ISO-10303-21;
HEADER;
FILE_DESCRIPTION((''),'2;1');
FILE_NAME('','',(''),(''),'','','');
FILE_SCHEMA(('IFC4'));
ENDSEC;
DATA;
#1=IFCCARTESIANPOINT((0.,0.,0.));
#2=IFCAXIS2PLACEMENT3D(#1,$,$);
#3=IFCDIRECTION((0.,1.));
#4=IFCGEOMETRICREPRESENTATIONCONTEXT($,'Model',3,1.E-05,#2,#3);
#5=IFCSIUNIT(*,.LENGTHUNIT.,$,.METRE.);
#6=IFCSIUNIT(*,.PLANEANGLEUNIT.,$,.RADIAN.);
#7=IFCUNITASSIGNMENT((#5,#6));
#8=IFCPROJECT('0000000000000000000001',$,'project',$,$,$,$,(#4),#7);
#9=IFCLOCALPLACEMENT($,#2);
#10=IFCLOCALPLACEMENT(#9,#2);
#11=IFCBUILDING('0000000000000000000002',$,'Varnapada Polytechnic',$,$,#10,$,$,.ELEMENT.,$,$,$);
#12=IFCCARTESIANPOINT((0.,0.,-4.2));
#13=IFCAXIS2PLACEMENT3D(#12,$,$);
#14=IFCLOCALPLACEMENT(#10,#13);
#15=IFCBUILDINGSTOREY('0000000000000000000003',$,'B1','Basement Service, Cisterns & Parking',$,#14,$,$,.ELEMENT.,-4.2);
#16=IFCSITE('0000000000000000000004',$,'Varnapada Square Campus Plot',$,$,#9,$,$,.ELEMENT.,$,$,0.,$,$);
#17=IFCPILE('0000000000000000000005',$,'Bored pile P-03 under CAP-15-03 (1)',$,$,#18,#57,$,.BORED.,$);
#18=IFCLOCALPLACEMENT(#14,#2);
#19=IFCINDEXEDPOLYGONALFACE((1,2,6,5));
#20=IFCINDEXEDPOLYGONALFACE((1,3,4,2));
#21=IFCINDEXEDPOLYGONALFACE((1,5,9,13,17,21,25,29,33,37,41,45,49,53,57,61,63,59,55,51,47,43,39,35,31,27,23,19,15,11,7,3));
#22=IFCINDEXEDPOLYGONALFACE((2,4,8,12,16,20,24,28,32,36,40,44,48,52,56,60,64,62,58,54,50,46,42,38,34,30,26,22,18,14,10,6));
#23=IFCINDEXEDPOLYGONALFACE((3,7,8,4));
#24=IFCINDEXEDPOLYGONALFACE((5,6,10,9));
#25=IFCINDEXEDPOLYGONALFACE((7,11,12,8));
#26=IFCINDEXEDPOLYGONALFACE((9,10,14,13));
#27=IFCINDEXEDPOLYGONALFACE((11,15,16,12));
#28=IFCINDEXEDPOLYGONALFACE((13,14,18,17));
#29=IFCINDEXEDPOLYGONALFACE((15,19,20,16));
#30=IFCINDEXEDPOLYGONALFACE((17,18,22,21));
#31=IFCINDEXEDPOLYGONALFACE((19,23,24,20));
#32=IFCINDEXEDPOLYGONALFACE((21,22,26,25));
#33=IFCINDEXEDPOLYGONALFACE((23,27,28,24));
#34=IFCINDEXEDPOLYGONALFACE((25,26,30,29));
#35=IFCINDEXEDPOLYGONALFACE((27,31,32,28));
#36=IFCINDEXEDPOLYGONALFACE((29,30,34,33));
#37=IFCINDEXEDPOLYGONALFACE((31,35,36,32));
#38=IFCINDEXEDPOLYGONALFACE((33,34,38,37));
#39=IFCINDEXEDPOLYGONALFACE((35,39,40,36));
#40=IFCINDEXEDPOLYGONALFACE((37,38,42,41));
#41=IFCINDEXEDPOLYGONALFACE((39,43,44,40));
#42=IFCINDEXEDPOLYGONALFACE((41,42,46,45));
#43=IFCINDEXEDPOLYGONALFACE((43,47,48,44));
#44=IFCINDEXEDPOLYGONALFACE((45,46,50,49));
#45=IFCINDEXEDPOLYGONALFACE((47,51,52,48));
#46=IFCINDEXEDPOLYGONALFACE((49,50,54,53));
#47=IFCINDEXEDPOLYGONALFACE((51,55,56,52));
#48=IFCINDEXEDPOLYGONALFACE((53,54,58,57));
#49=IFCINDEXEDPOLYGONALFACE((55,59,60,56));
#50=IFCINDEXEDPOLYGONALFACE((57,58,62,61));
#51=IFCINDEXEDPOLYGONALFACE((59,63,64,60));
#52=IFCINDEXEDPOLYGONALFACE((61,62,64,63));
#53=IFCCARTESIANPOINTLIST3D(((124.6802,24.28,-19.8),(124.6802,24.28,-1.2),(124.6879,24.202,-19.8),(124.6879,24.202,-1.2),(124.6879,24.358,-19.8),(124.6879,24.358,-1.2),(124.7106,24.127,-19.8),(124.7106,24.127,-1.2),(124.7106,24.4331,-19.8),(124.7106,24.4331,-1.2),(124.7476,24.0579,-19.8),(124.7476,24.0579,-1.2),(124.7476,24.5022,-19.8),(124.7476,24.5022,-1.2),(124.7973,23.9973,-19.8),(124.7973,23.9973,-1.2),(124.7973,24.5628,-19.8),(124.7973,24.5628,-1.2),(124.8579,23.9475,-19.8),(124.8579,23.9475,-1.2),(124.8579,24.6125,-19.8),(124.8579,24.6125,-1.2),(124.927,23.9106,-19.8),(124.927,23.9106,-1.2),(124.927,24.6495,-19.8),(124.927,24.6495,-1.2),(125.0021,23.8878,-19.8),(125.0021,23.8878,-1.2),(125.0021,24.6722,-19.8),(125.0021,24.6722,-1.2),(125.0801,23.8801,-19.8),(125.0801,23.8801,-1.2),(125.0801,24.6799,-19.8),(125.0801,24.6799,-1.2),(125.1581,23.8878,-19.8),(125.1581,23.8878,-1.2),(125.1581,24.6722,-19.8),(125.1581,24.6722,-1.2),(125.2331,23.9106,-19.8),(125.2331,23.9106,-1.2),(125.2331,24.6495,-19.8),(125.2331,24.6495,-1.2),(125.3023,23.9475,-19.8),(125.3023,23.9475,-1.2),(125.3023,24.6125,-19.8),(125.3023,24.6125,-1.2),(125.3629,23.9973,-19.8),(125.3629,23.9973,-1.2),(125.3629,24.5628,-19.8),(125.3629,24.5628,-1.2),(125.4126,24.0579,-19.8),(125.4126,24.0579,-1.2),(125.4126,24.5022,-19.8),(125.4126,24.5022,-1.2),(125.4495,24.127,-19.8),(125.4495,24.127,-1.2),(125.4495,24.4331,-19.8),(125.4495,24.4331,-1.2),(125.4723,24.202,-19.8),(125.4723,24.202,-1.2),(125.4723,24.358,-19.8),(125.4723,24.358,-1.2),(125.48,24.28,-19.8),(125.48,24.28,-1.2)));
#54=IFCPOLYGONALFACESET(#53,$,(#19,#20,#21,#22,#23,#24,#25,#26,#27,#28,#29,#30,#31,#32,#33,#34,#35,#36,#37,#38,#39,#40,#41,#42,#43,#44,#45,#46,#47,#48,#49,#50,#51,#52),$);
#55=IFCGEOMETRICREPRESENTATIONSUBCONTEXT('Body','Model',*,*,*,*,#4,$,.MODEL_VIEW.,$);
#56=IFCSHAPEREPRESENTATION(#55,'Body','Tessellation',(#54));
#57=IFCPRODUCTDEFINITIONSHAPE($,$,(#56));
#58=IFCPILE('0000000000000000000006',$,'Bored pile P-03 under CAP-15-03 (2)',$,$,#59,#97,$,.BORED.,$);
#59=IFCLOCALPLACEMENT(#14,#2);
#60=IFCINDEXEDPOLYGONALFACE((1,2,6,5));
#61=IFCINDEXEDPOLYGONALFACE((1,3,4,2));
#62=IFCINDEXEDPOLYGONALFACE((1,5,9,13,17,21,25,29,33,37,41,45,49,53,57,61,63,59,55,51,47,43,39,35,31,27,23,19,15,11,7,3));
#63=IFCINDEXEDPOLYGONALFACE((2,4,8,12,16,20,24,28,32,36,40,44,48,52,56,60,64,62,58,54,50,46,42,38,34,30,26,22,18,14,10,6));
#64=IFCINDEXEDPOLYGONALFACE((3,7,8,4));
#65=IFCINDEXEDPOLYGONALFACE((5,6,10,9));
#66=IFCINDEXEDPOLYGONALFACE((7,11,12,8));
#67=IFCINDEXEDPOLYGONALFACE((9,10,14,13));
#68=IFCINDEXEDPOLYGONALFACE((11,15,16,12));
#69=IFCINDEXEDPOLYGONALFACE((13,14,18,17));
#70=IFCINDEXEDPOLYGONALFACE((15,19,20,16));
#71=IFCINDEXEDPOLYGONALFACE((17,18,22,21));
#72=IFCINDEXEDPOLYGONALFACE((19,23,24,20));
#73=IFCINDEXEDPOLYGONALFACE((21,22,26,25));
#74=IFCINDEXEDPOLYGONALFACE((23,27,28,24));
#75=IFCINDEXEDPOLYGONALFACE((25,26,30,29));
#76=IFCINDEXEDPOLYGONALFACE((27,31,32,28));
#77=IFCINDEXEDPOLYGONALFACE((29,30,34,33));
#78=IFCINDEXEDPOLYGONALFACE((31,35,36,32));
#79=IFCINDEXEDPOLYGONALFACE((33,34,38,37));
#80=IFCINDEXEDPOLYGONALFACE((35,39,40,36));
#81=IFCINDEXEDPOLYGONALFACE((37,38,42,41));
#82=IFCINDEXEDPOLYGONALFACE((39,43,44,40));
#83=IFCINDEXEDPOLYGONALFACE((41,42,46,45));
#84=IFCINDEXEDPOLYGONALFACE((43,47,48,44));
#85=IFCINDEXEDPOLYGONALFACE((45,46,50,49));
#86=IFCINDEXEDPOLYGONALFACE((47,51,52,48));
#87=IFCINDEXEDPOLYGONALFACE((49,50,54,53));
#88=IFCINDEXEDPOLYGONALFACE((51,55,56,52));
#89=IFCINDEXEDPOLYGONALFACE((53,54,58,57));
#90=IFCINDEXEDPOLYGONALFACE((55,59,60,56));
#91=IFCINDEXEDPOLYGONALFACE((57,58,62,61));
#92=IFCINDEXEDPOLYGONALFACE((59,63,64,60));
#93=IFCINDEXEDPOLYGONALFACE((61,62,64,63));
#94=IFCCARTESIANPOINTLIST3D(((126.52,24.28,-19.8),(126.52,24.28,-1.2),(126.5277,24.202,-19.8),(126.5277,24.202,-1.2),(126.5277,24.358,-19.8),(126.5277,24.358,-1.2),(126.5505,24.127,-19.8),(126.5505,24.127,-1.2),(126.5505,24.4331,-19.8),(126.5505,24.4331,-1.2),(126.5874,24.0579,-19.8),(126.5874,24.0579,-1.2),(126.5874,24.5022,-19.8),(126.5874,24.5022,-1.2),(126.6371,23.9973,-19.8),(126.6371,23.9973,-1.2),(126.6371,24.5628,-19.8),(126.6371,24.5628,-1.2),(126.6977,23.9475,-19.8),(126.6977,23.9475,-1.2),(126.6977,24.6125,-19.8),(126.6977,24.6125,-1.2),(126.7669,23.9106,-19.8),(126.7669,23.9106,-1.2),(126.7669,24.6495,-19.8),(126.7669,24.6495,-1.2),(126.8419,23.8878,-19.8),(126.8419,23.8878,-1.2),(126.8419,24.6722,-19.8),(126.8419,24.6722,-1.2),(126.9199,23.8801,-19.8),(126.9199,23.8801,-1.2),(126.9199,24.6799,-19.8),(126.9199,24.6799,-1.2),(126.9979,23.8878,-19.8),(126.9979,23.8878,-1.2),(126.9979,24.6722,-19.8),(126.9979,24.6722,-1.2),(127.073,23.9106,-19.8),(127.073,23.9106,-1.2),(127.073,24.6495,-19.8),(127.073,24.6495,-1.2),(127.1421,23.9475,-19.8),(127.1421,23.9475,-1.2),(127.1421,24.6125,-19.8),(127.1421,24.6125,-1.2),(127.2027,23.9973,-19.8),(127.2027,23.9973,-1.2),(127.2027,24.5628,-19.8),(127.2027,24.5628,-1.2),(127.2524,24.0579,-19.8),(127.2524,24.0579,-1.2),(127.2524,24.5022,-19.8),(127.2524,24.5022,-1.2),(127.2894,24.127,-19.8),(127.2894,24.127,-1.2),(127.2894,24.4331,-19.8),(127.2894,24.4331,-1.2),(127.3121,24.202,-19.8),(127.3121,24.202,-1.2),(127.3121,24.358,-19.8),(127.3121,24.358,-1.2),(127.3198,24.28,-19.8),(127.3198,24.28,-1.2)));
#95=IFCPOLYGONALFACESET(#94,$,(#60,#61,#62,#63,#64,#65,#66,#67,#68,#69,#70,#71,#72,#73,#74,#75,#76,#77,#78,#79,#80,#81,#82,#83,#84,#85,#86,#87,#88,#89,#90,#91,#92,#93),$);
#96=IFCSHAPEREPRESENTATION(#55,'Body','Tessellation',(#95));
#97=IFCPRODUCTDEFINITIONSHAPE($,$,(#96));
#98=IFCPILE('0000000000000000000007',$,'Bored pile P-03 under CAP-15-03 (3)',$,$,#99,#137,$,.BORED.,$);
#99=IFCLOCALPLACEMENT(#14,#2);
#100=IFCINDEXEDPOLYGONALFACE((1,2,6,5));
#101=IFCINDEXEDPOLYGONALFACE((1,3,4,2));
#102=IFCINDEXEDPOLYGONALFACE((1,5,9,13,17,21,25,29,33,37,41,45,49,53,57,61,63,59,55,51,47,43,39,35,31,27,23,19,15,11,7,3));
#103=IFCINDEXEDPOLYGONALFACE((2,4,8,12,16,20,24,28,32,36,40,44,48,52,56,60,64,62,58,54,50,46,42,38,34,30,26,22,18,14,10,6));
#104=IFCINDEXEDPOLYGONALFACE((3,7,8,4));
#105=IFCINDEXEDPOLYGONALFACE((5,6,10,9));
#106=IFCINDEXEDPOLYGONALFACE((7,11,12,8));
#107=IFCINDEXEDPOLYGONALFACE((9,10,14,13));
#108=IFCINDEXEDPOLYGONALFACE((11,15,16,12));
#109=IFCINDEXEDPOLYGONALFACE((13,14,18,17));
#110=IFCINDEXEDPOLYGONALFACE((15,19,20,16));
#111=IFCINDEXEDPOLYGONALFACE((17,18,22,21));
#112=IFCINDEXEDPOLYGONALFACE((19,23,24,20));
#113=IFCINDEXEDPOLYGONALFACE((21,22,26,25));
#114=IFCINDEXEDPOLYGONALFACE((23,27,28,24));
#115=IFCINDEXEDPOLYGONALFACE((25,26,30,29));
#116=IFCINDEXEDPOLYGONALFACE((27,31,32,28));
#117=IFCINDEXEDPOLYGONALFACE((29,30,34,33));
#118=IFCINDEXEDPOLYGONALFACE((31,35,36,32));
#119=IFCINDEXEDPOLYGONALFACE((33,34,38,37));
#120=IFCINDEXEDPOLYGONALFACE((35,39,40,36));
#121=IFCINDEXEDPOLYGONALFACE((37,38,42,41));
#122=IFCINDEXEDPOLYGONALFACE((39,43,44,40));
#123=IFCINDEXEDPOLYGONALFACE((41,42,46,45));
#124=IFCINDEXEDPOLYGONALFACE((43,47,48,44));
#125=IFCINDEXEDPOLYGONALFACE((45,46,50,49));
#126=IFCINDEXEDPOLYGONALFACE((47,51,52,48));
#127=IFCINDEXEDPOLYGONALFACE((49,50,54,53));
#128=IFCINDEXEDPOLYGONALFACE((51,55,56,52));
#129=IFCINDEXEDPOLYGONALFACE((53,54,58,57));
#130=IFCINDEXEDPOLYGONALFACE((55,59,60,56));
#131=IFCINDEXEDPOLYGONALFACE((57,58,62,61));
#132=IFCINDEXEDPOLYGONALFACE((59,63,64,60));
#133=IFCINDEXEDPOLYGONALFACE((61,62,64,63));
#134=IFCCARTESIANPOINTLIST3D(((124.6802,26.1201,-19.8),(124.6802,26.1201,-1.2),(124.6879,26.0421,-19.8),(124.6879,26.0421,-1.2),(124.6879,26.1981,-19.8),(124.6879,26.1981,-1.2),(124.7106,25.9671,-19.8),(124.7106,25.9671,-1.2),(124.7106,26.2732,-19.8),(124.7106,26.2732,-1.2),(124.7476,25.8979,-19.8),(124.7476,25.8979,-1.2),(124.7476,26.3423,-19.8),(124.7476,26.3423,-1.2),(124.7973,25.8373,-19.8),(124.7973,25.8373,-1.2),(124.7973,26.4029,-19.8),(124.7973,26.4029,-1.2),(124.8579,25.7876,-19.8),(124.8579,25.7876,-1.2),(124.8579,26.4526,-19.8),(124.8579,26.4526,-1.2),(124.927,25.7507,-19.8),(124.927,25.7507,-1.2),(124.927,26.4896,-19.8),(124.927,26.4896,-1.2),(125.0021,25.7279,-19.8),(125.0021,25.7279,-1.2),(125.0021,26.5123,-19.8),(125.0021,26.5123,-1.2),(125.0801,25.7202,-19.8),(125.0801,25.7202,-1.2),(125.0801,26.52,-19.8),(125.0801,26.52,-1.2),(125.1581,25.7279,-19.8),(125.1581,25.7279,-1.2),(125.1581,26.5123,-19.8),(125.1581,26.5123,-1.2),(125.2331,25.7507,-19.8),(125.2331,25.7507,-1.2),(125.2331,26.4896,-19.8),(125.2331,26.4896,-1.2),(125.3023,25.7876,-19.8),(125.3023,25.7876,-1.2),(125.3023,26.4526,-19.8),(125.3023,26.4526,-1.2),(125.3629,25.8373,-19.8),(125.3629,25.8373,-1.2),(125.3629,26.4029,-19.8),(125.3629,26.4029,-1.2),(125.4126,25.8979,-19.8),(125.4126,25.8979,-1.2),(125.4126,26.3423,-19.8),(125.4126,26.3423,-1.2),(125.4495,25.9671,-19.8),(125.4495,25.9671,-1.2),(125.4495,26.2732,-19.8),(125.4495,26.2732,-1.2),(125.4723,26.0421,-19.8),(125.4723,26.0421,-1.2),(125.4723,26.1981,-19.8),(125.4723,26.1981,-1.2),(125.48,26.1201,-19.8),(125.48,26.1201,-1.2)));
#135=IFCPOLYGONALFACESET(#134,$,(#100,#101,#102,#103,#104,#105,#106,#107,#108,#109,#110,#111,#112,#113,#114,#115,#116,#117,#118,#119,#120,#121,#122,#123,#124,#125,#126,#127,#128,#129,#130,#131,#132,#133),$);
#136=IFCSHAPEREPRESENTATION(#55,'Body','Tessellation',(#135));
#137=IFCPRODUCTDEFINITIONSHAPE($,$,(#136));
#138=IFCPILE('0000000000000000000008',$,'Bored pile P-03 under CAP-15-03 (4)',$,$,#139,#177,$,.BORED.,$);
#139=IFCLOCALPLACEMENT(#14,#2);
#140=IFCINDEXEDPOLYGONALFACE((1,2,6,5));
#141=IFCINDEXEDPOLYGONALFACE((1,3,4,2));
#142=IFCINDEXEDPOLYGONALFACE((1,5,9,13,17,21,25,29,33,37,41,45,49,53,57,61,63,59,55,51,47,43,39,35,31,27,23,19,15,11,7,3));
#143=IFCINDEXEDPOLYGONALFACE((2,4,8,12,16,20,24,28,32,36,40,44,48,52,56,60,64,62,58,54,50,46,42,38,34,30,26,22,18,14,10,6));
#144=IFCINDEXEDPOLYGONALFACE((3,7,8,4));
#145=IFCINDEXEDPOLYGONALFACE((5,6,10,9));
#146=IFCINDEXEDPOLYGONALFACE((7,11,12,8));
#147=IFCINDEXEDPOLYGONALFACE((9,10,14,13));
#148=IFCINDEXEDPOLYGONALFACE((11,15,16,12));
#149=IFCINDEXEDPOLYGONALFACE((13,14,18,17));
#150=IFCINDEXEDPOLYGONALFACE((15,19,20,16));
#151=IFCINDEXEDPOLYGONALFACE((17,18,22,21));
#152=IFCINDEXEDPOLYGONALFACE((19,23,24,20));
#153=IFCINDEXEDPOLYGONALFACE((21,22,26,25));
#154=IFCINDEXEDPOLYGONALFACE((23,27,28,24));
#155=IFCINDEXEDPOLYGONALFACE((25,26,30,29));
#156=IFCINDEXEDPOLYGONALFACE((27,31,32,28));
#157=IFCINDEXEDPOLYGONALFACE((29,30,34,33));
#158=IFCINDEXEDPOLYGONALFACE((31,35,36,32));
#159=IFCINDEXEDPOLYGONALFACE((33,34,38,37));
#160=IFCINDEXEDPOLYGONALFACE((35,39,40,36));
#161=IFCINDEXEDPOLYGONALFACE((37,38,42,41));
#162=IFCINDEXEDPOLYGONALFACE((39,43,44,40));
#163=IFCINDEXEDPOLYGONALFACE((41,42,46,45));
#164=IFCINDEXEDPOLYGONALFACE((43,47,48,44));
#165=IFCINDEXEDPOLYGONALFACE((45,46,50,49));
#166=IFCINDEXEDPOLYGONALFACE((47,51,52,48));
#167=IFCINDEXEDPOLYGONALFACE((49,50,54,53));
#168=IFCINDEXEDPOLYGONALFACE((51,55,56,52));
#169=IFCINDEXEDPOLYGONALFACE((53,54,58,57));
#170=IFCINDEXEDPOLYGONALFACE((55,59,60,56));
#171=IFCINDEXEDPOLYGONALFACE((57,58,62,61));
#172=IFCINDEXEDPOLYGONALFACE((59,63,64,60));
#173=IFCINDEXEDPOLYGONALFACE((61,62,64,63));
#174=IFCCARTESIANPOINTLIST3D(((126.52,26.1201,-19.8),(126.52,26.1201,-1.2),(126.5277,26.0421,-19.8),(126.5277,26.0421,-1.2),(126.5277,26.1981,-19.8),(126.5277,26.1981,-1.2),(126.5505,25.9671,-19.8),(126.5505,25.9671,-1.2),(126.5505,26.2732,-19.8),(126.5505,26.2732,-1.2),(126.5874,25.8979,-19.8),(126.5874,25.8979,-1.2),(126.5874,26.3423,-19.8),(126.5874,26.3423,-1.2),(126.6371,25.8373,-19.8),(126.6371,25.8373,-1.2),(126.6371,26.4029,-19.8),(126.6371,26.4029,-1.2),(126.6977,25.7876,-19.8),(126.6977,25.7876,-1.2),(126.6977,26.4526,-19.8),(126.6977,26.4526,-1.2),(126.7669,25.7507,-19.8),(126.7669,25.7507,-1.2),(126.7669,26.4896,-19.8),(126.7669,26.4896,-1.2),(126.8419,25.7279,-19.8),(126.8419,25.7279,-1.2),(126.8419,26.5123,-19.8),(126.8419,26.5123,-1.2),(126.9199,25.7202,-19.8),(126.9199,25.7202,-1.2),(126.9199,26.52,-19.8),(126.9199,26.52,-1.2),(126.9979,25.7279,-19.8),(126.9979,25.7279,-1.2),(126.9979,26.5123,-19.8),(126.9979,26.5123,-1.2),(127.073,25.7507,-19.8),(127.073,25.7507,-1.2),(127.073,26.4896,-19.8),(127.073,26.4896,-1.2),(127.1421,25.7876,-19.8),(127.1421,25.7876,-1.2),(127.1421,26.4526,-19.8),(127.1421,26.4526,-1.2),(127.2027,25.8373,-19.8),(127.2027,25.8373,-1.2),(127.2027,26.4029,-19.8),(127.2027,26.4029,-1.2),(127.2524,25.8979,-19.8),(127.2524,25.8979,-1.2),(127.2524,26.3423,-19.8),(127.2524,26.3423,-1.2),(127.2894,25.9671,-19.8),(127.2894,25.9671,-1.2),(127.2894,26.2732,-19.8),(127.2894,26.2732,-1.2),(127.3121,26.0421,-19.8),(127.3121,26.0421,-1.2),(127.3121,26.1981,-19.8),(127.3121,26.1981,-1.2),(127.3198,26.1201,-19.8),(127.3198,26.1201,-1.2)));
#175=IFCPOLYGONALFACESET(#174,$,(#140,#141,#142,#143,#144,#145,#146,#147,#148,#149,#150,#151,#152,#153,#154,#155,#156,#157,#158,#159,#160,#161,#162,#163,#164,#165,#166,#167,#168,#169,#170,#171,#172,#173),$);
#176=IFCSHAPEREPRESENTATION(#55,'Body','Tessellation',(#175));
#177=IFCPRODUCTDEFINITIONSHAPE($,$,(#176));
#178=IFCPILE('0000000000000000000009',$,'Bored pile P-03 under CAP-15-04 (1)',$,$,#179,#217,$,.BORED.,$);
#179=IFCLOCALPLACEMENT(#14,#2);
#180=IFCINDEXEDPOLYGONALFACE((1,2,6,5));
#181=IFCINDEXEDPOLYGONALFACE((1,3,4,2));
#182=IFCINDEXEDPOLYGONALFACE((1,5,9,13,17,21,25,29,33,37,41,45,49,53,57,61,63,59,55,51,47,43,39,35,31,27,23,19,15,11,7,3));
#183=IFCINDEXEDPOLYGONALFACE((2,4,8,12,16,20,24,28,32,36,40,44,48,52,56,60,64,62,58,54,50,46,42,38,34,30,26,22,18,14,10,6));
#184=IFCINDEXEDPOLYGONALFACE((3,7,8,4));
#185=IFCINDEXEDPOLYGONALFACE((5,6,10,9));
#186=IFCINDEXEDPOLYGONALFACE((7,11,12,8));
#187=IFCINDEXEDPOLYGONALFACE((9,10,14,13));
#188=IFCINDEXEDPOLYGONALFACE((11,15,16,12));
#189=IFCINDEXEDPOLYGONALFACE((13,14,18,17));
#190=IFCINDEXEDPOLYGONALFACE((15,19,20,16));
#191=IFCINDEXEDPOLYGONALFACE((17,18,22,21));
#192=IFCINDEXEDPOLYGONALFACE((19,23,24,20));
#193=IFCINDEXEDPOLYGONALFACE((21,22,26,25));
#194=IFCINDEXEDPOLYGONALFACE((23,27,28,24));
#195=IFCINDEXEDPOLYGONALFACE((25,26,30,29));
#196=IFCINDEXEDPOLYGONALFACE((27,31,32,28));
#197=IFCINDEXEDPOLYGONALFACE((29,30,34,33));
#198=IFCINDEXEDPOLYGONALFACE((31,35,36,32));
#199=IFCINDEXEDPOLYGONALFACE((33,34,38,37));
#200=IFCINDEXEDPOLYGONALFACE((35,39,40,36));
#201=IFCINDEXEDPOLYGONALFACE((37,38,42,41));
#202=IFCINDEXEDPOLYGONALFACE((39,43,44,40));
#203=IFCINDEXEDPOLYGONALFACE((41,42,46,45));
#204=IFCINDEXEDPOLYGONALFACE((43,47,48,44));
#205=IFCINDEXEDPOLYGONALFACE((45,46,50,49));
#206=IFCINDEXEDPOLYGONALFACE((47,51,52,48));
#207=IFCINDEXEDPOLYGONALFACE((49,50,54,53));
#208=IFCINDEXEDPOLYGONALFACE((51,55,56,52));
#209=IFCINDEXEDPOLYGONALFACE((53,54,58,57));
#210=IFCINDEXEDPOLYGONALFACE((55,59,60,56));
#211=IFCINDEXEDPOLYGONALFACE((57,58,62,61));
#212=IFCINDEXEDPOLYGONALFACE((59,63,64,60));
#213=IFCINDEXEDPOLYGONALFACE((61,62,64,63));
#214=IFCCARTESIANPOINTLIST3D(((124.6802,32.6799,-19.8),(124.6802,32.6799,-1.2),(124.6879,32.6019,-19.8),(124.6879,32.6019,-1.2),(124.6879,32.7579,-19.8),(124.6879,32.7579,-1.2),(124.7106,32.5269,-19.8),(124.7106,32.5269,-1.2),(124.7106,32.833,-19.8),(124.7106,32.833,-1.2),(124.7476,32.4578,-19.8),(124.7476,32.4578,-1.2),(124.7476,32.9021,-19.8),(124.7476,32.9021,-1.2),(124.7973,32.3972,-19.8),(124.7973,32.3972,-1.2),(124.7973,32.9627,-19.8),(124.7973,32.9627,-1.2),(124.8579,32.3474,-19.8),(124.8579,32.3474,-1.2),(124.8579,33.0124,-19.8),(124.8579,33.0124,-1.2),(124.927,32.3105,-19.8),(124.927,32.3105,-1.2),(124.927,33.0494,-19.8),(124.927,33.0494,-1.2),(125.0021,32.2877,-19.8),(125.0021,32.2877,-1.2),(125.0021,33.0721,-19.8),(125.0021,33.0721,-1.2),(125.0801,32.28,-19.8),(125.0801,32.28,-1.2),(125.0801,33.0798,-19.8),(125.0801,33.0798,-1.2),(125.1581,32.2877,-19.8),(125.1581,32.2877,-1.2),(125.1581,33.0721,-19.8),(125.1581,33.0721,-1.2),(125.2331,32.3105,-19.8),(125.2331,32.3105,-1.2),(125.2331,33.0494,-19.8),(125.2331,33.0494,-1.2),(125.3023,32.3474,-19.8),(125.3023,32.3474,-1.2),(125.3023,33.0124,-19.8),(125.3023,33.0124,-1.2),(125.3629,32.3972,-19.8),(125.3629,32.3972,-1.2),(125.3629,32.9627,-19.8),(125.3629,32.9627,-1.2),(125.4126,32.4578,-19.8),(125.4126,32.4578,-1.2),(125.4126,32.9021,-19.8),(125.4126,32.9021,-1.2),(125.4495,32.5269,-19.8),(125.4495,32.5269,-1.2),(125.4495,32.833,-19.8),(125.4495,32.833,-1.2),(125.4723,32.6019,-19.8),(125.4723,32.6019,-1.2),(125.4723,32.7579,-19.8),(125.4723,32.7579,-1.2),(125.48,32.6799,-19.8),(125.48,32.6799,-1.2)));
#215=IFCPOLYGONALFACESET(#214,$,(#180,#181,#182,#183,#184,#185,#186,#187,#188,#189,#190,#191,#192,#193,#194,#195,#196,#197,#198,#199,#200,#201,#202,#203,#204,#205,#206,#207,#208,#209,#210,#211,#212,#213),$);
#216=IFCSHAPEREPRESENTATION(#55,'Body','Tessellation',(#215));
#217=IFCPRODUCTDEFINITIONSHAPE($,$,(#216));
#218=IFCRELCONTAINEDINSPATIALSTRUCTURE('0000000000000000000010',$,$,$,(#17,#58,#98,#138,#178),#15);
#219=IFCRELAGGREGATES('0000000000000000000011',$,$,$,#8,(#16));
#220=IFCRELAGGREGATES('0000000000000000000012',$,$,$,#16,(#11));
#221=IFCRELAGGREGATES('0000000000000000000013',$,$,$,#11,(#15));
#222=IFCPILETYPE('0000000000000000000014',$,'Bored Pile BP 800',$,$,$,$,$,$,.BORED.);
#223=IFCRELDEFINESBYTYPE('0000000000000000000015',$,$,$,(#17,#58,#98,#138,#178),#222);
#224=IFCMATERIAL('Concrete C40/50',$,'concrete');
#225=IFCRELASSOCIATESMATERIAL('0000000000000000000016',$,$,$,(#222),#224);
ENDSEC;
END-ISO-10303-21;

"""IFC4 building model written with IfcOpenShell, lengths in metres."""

from ifc_helpers import new_model, si_unit, direction, frame, origin, origin_2d, place, context, subcontext, project, spatial, circle, extrude, material, material_profile, profile_set, type_object, element, save


model = new_model("IFC4")

# Units and contexts
model_context = context("Model", 3, precision=1e-05, world=origin(), true_north=direction((0.0, 1.0)))
body_context = subcontext(model_context, "Body", "Model", "MODEL_VIEW")
ifc_project = project(units=[si_unit("LENGTHUNIT", "METRE"), si_unit("PLANEANGLEUNIT", "RADIAN")], contexts=[model_context])

# Site, building, storey
site_placement = place(None, origin())
site = spatial("IfcSite", under=ifc_project, at=site_placement, Name="Varnapada Square Campus Plot", CompositionType="ELEMENT", RefElevation=0.0)
building_placement = place(site_placement, origin())
building = spatial("IfcBuilding", under=site, at=building_placement, Name="Varnapada Polytechnic", CompositionType="ELEMENT")
storey_placement = place(building_placement, frame((0.0, 0.0, -4.2)))
storey = spatial("IfcBuildingStorey", under=building, at=storey_placement, Name="B1", Description="Basement Service, Cisterns & Parking", CompositionType="ELEMENT", Elevation=-4.2)

# Piles
ifc_material_1 = material(Name="Concrete C40/50", Category="concrete")
ifc_material_profile_1 = material_profile(ifc_material_1, circle(Radius=0.3999, at=origin_2d()), Name="BP 800")
ifc_profile_set_1 = profile_set([ifc_material_profile_1], Name="Concrete C40/50")
pile_type = type_object("IfcPileType", Name="Bored Pile BP 800", PredefinedType="BORED", material=ifc_profile_set_1)
for number, where, z_axis, x_axis, name in (
    (1, (125.0801, 24.28, -1.2), (0.0, 0.0, -1.0), (1.0, 0.0, 0.0), "Bored pile P-03 under CAP-15-03 (1)"),
    (2, (126.9199, 24.28, -1.2), (0.0, 0.0, -1.0), (1.0, 0.0, 0.0), "Bored pile P-03 under CAP-15-03 (2)"),
    (3, (125.0801, 26.1201, -1.2), (0.0, 0.0, -1.0), (1.0, 0.0, 0.0), "Bored pile P-03 under CAP-15-03 (3)"),
    (4, (126.9199, 26.1201, -1.2), (0.0, 0.0, -1.0), (1.0, 0.0, 0.0), "Bored pile P-03 under CAP-15-03 (4)"),
    (5, (125.0801, 32.6799, -1.2), (0.0, 0.0, -1.0), (1.0, 0.0, 0.0), "Bored pile P-03 under CAP-15-04 (1)"),
):
    element("IfcPile", number, at=place(storey_placement, frame(where, z_axis=z_axis, x_axis=x_axis)), inside=storey, type_object=pile_type, Name=name, PredefinedType="BORED", context=body_context, shape_type="SweptSolid", body=[
        extrude(circle(Radius=0.3999, at=origin_2d()), origin(), (0.0, 0.0, 1.0), 18.6001),
    ])

save(model, "model.ifc")
